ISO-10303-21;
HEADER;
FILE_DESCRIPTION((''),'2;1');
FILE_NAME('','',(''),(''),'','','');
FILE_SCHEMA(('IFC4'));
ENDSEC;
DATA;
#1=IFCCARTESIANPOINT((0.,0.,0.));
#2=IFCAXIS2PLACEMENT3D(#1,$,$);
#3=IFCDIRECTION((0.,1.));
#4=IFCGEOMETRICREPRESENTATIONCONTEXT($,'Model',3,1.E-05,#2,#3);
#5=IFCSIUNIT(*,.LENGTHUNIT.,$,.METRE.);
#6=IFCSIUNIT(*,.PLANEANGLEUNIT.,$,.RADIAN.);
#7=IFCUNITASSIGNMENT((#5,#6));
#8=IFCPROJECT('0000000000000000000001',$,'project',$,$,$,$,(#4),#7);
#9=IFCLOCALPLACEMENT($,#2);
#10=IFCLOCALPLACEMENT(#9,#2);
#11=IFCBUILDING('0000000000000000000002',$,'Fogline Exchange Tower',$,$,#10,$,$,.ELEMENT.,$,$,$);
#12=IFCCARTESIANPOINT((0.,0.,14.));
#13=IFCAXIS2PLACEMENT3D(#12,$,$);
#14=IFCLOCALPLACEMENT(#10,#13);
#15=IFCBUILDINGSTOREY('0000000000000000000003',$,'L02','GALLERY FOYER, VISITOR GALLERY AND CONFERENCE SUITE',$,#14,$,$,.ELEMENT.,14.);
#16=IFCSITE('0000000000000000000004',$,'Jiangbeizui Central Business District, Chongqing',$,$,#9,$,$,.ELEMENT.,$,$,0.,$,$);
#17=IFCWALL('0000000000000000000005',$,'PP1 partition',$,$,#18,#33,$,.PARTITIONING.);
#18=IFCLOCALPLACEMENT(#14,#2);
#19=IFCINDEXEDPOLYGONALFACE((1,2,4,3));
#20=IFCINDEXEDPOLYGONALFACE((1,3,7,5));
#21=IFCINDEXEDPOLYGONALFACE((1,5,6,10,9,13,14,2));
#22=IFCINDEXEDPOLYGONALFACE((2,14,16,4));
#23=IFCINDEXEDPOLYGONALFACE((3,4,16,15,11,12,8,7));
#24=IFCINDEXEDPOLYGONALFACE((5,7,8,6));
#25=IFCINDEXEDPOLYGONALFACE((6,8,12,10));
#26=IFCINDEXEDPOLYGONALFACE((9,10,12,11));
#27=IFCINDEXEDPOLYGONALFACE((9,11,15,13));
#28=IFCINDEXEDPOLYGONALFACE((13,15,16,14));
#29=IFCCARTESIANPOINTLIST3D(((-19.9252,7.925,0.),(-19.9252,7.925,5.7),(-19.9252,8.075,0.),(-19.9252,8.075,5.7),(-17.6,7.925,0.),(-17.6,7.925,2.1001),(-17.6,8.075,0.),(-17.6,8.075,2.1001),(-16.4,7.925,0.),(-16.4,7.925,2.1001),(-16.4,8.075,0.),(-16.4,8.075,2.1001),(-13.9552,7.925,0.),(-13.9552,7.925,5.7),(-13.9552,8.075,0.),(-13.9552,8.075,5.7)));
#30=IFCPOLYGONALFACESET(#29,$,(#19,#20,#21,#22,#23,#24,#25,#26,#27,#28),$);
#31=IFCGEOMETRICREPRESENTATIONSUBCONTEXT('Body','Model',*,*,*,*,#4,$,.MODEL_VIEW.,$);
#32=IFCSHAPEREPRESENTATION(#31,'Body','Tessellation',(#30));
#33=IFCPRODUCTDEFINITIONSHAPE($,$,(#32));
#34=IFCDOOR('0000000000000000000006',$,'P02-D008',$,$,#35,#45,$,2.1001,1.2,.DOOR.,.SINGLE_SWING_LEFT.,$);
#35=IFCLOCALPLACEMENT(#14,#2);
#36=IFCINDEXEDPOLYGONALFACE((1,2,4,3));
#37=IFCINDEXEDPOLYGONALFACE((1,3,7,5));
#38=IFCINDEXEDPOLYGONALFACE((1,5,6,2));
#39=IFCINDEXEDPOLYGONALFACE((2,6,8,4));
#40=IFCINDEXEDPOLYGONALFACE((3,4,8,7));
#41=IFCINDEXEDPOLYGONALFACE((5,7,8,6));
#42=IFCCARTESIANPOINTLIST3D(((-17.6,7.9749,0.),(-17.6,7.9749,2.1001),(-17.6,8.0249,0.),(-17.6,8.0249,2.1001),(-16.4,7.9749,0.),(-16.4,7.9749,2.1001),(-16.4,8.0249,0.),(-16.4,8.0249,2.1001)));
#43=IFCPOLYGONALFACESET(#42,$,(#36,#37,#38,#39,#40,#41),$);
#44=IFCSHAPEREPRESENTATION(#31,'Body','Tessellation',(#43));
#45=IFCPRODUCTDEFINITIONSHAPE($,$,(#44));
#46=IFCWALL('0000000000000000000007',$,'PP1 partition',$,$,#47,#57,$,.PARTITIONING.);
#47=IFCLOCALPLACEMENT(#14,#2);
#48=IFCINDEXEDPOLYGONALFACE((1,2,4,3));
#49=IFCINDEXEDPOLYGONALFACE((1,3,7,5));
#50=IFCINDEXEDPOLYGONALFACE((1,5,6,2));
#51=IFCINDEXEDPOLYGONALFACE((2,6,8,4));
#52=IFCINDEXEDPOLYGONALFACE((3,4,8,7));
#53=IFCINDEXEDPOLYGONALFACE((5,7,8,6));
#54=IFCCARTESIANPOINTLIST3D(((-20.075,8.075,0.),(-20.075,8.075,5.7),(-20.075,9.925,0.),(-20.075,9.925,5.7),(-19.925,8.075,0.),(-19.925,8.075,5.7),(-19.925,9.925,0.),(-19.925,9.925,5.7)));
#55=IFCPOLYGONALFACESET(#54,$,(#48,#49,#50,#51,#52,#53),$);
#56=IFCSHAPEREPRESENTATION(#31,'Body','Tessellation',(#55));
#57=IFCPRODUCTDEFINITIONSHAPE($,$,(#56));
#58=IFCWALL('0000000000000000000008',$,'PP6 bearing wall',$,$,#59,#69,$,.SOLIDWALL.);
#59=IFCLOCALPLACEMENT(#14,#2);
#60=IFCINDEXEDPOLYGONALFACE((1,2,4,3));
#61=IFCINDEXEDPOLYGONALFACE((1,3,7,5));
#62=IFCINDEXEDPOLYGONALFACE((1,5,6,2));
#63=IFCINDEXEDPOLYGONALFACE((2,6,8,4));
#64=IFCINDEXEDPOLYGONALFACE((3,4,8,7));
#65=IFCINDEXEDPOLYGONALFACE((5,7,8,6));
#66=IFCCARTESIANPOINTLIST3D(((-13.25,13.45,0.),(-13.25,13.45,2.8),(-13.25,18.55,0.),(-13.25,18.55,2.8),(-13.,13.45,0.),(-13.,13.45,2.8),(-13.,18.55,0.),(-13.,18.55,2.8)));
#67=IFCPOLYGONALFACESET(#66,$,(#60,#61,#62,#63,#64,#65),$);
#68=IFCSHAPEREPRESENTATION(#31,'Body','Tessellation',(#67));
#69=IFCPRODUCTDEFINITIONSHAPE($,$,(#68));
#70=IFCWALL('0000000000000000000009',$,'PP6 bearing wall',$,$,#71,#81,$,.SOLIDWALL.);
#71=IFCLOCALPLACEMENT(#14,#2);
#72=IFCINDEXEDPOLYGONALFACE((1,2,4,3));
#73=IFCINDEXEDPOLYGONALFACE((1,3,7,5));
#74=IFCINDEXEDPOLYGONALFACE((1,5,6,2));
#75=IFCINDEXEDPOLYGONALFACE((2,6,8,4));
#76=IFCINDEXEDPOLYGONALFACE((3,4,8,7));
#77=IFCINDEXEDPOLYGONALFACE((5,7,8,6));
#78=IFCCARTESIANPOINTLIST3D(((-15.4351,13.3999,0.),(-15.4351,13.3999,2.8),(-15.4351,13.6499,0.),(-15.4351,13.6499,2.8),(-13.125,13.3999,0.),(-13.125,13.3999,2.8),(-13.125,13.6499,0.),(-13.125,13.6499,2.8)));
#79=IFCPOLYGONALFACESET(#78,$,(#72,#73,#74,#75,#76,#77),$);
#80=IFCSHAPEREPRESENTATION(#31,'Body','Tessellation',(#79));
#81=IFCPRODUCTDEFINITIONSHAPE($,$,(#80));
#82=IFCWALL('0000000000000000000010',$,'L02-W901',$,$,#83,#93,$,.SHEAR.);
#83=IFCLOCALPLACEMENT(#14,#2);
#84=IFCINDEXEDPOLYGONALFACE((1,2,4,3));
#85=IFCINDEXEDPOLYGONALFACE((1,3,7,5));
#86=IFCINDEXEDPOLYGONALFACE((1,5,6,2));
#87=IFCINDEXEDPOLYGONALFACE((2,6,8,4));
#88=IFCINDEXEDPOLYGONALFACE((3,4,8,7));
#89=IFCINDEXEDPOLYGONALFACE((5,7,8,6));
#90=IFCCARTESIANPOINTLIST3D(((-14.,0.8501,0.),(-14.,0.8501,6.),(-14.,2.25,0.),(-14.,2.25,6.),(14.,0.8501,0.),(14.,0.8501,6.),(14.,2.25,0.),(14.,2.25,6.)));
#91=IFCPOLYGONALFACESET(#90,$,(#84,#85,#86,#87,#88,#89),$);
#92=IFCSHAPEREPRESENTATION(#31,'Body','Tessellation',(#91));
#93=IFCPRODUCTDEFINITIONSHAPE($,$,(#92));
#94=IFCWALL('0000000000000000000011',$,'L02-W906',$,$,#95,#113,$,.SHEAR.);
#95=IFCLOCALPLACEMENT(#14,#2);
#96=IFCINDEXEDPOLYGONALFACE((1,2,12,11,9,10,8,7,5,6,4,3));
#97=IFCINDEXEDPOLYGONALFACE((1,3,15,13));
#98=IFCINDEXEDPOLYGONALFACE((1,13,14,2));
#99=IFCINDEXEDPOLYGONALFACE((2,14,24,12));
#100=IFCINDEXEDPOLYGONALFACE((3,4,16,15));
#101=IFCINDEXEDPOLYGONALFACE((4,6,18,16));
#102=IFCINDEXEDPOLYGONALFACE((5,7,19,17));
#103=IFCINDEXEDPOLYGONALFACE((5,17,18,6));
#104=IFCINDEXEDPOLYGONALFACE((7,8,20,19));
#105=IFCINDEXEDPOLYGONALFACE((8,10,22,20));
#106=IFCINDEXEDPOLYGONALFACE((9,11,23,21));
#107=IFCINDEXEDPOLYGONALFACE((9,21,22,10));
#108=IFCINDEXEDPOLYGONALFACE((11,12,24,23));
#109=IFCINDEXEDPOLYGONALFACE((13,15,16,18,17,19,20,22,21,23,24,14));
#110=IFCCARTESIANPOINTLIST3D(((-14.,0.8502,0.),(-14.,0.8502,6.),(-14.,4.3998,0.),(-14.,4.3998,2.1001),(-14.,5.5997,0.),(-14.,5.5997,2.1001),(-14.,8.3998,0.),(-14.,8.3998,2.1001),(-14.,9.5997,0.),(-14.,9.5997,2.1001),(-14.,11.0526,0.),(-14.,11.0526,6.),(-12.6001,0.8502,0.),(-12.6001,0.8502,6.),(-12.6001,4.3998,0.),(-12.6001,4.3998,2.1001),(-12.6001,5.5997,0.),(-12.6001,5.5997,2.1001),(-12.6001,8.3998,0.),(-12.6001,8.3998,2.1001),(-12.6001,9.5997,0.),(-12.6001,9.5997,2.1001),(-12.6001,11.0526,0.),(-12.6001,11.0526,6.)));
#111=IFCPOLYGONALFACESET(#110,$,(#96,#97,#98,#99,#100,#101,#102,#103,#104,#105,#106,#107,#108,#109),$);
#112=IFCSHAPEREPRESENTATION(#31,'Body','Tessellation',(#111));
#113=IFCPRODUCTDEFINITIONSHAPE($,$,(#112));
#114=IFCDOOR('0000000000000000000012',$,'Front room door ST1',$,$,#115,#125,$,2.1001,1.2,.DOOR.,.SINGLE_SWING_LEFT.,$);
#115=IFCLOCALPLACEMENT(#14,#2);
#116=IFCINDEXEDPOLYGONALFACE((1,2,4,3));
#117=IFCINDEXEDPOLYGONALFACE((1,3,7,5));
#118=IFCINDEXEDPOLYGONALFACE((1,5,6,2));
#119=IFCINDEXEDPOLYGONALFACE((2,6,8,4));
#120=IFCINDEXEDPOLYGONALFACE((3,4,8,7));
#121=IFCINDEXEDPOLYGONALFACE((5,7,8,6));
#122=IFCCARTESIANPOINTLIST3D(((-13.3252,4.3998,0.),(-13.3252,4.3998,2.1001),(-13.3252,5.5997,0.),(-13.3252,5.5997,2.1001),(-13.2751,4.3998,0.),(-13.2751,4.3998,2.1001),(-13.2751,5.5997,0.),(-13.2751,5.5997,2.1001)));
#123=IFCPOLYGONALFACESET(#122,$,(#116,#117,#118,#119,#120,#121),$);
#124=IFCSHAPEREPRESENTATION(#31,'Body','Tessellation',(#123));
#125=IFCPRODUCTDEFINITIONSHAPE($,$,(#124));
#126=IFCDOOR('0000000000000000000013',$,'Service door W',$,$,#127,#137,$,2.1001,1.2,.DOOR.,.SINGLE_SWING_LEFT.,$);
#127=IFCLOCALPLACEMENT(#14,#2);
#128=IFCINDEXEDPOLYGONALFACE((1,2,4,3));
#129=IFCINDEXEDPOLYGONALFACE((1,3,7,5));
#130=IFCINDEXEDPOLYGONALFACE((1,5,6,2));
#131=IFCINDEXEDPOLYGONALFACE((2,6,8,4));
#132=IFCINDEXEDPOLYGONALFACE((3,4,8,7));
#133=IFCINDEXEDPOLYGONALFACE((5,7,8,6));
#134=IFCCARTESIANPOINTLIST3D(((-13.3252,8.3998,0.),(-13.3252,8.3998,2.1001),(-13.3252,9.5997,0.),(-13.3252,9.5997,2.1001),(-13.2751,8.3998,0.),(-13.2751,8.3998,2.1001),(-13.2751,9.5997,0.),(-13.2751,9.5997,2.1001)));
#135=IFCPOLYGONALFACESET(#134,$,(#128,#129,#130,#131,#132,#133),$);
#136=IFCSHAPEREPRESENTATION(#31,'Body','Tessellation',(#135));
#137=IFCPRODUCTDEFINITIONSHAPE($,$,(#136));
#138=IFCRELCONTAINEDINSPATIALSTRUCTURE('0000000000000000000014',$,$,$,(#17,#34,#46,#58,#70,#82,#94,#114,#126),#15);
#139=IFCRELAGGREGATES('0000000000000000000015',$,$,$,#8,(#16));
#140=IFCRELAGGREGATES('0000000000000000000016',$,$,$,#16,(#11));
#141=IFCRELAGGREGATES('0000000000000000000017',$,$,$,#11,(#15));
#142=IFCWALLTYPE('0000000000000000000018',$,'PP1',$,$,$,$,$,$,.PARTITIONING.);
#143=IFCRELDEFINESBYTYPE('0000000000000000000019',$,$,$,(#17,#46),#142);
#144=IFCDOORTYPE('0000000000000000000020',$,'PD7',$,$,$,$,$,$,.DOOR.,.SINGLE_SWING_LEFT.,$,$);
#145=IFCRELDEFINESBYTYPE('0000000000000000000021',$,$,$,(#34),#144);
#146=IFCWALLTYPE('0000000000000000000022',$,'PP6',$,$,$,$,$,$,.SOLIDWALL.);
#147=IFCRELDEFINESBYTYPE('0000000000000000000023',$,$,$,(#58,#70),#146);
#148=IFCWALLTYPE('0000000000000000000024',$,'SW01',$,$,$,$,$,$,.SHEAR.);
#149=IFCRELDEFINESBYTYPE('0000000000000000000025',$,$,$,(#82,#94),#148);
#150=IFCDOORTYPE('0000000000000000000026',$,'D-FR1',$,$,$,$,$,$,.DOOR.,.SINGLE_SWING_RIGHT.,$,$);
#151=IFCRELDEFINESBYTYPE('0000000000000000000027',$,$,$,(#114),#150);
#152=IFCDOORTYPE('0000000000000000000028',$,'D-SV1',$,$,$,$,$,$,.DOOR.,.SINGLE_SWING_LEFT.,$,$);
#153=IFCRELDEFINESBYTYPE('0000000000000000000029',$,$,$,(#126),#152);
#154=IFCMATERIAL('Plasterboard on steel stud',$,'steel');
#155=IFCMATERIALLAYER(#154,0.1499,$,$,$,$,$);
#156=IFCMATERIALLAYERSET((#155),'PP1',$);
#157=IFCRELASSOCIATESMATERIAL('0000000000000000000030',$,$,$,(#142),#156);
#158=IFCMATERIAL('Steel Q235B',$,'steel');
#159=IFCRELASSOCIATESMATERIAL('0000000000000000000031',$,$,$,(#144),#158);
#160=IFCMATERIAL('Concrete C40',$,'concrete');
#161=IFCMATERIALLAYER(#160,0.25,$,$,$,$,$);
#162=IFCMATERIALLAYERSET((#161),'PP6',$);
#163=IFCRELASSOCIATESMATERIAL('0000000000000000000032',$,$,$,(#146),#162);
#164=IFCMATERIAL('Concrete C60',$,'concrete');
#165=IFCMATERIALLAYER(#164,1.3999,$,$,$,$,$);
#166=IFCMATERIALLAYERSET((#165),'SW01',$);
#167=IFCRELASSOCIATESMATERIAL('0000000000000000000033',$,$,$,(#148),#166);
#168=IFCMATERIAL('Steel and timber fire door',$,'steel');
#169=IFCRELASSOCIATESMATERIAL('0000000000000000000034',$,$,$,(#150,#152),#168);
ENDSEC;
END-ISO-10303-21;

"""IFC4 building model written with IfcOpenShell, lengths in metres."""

from ifc_helpers import new_model, si_unit, direction, frame, frame_2d, origin, place, context, subcontext, project, spatial, rectangle, extrude, material, layer, layer_set, type_object, element, fill, save


model = new_model("IFC4")

# Units and contexts
model_context = context("Model", 3, precision=1e-05, world=origin(), true_north=direction((0.0, 1.0)))
body_context = subcontext(model_context, "Body", "Model", "MODEL_VIEW")
ifc_project = project(units=[si_unit("LENGTHUNIT", "METRE"), si_unit("PLANEANGLEUNIT", "RADIAN")], contexts=[model_context])

# Site, building, storey
site_placement = place(None, origin())
site = spatial("IfcSite", under=ifc_project, at=site_placement, Name="Jiangbeizui Central Business District, Chongqing", CompositionType="ELEMENT", RefElevation=0.0)
building_placement = place(site_placement, origin())
building = spatial("IfcBuilding", under=site, at=building_placement, Name="Fogline Exchange Tower", CompositionType="ELEMENT")
storey_placement = place(building_placement, frame((0.0, 0.0, 14.0)))
storey = spatial("IfcBuildingStorey", under=building, at=storey_placement, Name="L02", Description="GALLERY FOYER, VISITOR GALLERY AND CONFERENCE SUITE", CompositionType="ELEMENT", Elevation=14.0)

# Shared definitions
ifc_material_1 = material(Name="Steel and timber fire door", Category="steel")

# Shared definitions
ifc_material_2 = material(Name="Concrete C40", Category="concrete")

# Wall, opening, door
ifc_material_3 = material(Name="Plasterboard on steel stud", Category="steel")
ifc_layer_1 = layer(ifc_material_3, 0.1499)
ifc_layer_set_1 = layer_set([ifc_layer_1], Name="PP1")
wall_type_1 = type_object("IfcWallType", Name="PP1", PredefinedType="PARTITIONING", material=ifc_layer_set_1)
wall_1_placement = place(storey_placement, frame((-19.925, 8.0, 0.0), z_axis=(0.0, 0.0, 1.0), x_axis=(1.0, 0.0, 0.0)))
wall_1 = element("IfcWall", 1, at=wall_1_placement, inside=storey, type_object=wall_type_1, Name="PP1 partition", PredefinedType="PARTITIONING", context=body_context, shape_type="SweptSolid", body=[
    extrude(rectangle(XDim=5.97, YDim=0.1499, at=frame_2d((2.9849, 0.0))), origin(), (0.0, 0.0, 1.0), 5.7),
])
opening_1_placement = place(wall_1_placement, frame((2.325, 0.0, 0.0)))
opening_1 = element("IfcOpeningElement", 2, at=opening_1_placement, cuts=wall_1, PredefinedType="OPENING", context=body_context, shape_type="SweptSolid", body=[
    extrude(rectangle(XDim=1.2, YDim=2.1001, at=frame_2d((0.6001, 1.05))), frame((0.0, 0.085, 0.0), z_axis=(0.0, -1.0, 0.0), x_axis=(1.0, 0.0, 0.0)), (0.0, 0.0, 1.0), 0.1699),
])
ifc_material_4 = material(Name="Steel Q235B", Category="steel")
door_type_1 = type_object("IfcDoorType", Name="PD7", OperationType="SINGLE_SWING_LEFT", PredefinedType="DOOR", material=ifc_material_4)
door_1_placement = place(opening_1_placement, origin())
door_1 = element("IfcDoor", 3, at=door_1_placement, inside=storey, type_object=door_type_1, Name="P02-D008", OperationType="SINGLE_SWING_LEFT", OverallHeight=2.1001, OverallWidth=1.2, PredefinedType="DOOR", context=body_context, shape_type="SweptSolid", body=[
    extrude(rectangle(XDim=1.2, YDim=2.1001, at=frame_2d((0.6001, 1.05))), frame((0.0, 0.0249, 0.0), z_axis=(0.0, -1.0, 0.0), x_axis=(1.0, 0.0, 0.0)), (0.0, 0.0, 1.0), 0.05),
])
fill(opening_1, door_1)

# Walls
wall_2_placement = place(storey_placement, frame((-20.0, 9.925, 0.0), z_axis=(0.0, 0.0, 1.0), x_axis=(0.0, -1.0, 0.0)))
element("IfcWall", 4, at=wall_2_placement, inside=storey, type_object=wall_type_1, Name="PP1 partition", PredefinedType="PARTITIONING", context=body_context, shape_type="SweptSolid", body=[
    extrude(rectangle(XDim=1.8501, YDim=0.1499, at=frame_2d((0.925, 0.0))), origin(), (0.0, 0.0, 1.0), 5.7),
])
ifc_layer_2 = layer(ifc_material_2, 0.25)
ifc_layer_set_2 = layer_set([ifc_layer_2], Name="PP6")
wall_type_2 = type_object("IfcWallType", Name="PP6", PredefinedType="SOLIDWALL", material=ifc_layer_set_2)
wall_3_placement = place(storey_placement, frame((-13.125, 13.45, 0.0), z_axis=(0.0, 0.0, 1.0), x_axis=(0.0, 1.0, 0.0)))
element("IfcWall", 5, at=wall_3_placement, inside=storey, type_object=wall_type_2, Name="PP6 bearing wall", PredefinedType="SOLIDWALL", context=body_context, shape_type="SweptSolid", body=[
    extrude(rectangle(XDim=5.1001, YDim=0.25, at=frame_2d((2.55, 0.0))), origin(), (0.0, 0.0, 1.0), 2.8),
])
wall_4_placement = place(storey_placement, frame((-13.125, 13.5249, 0.0), z_axis=(0.0, 0.0, 1.0), x_axis=(-1.0, 0.0, 0.0)))
element("IfcWall", 6, at=wall_4_placement, inside=storey, type_object=wall_type_2, Name="PP6 bearing wall", PredefinedType="SOLIDWALL", context=body_context, shape_type="SweptSolid", body=[
    extrude(rectangle(XDim=2.3101, YDim=0.25, at=frame_2d((1.155, 0.0))), origin(), (0.0, 0.0, 1.0), 2.8),
])
ifc_material_5 = material(Name="Concrete C60", Category="concrete")
ifc_layer_3 = layer(ifc_material_5, 1.3999)
ifc_layer_set_3 = layer_set([ifc_layer_3], Name="SW01")
wall_type_3 = type_object("IfcWallType", Name="SW01", PredefinedType="SHEAR", material=ifc_layer_set_3)
wall_5_placement = place(storey_placement, frame((-14.0, 1.55, 0.0), z_axis=(0.0, 0.0, 1.0), x_axis=(1.0, 0.0, 0.0)))
element("IfcWall", 7, at=wall_5_placement, inside=storey, type_object=wall_type_3, Name="L02-W901", PredefinedType="SHEAR", context=body_context, shape_type="SweptSolid", body=[
    extrude(rectangle(XDim=28.0, YDim=1.3999, at=frame_2d((14.0, 0.0))), origin(), (0.0, 0.0, 1.0), 6.0),
])

# Wall, openings, doors
wall_6_placement = place(storey_placement, frame((-13.3, 11.0525, 0.0), z_axis=(0.0, 0.0, 1.0), x_axis=(0.0, -1.0, 0.0)))
wall_6 = element("IfcWall", 8, at=wall_6_placement, inside=storey, type_object=wall_type_3, Name="L02-W906", PredefinedType="SHEAR", context=body_context, shape_type="SweptSolid", body=[
    extrude(rectangle(XDim=10.2024, YDim=1.3999, at=frame_2d((5.1011, 0.0))), origin(), (0.0, 0.0, 1.0), 6.0),
])
opening_2_placement = place(wall_6_placement, frame((5.4526, 0.0, 0.0)))
opening_2 = element("IfcOpeningElement", 9, at=opening_2_placement, cuts=wall_6, PredefinedType="OPENING", context=body_context, shape_type="SweptSolid", body=[
    extrude(rectangle(XDim=1.2, YDim=2.1001, at=frame_2d((0.6001, 1.05))), frame((0.0, 0.71, 0.0), z_axis=(0.0, -1.0, 0.0), x_axis=(1.0, 0.0, 0.0)), (0.0, 0.0, 1.0), 1.4199),
])
opening_3_placement = place(wall_6_placement, frame((1.4526, 0.0, 0.0)))
opening_3 = element("IfcOpeningElement", 10, at=opening_3_placement, cuts=wall_6, PredefinedType="OPENING", context=body_context, shape_type="SweptSolid", body=[
    extrude(rectangle(XDim=1.2, YDim=2.1001, at=frame_2d((0.6001, 1.05))), frame((0.0, 0.71, 0.0), z_axis=(0.0, -1.0, 0.0), x_axis=(1.0, 0.0, 0.0)), (0.0, 0.0, 1.0), 1.4199),
])
door_type_2 = type_object("IfcDoorType", Name="D-FR1", OperationType="SINGLE_SWING_RIGHT", PredefinedType="DOOR", material=ifc_material_1)
door_2_placement = place(opening_2_placement, origin())
door_2 = element("IfcDoor", 11, at=door_2_placement, inside=storey, type_object=door_type_2, Name="Front room door ST1", OperationType="SINGLE_SWING_LEFT", OverallHeight=2.1001, OverallWidth=1.2, PredefinedType="DOOR", context=body_context, shape_type="SweptSolid", body=[
    extrude(rectangle(XDim=1.2, YDim=2.1001, at=frame_2d((0.6001, 1.05))), frame((0.0, 0.0249, 0.0), z_axis=(0.0, -1.0, 0.0), x_axis=(1.0, 0.0, 0.0)), (0.0, 0.0, 1.0), 0.05),
])
fill(opening_2, door_2)
door_type_3 = type_object("IfcDoorType", Name="D-SV1", OperationType="SINGLE_SWING_LEFT", PredefinedType="DOOR", material=ifc_material_1)
door_3_placement = place(opening_3_placement, origin())
door_3 = element("IfcDoor", 12, at=door_3_placement, inside=storey, type_object=door_type_3, Name="Service door W", OperationType="SINGLE_SWING_LEFT", OverallHeight=2.1001, OverallWidth=1.2, PredefinedType="DOOR", context=body_context, shape_type="SweptSolid", body=[
    extrude(rectangle(XDim=1.2, YDim=2.1001, at=frame_2d((0.6001, 1.05))), frame((0.0, 0.0249, 0.0), z_axis=(0.0, -1.0, 0.0), x_axis=(1.0, 0.0, 0.0)), (0.0, 0.0, 1.0), 0.05),
])
fill(opening_3, door_3)

save(model, "model.ifc")
